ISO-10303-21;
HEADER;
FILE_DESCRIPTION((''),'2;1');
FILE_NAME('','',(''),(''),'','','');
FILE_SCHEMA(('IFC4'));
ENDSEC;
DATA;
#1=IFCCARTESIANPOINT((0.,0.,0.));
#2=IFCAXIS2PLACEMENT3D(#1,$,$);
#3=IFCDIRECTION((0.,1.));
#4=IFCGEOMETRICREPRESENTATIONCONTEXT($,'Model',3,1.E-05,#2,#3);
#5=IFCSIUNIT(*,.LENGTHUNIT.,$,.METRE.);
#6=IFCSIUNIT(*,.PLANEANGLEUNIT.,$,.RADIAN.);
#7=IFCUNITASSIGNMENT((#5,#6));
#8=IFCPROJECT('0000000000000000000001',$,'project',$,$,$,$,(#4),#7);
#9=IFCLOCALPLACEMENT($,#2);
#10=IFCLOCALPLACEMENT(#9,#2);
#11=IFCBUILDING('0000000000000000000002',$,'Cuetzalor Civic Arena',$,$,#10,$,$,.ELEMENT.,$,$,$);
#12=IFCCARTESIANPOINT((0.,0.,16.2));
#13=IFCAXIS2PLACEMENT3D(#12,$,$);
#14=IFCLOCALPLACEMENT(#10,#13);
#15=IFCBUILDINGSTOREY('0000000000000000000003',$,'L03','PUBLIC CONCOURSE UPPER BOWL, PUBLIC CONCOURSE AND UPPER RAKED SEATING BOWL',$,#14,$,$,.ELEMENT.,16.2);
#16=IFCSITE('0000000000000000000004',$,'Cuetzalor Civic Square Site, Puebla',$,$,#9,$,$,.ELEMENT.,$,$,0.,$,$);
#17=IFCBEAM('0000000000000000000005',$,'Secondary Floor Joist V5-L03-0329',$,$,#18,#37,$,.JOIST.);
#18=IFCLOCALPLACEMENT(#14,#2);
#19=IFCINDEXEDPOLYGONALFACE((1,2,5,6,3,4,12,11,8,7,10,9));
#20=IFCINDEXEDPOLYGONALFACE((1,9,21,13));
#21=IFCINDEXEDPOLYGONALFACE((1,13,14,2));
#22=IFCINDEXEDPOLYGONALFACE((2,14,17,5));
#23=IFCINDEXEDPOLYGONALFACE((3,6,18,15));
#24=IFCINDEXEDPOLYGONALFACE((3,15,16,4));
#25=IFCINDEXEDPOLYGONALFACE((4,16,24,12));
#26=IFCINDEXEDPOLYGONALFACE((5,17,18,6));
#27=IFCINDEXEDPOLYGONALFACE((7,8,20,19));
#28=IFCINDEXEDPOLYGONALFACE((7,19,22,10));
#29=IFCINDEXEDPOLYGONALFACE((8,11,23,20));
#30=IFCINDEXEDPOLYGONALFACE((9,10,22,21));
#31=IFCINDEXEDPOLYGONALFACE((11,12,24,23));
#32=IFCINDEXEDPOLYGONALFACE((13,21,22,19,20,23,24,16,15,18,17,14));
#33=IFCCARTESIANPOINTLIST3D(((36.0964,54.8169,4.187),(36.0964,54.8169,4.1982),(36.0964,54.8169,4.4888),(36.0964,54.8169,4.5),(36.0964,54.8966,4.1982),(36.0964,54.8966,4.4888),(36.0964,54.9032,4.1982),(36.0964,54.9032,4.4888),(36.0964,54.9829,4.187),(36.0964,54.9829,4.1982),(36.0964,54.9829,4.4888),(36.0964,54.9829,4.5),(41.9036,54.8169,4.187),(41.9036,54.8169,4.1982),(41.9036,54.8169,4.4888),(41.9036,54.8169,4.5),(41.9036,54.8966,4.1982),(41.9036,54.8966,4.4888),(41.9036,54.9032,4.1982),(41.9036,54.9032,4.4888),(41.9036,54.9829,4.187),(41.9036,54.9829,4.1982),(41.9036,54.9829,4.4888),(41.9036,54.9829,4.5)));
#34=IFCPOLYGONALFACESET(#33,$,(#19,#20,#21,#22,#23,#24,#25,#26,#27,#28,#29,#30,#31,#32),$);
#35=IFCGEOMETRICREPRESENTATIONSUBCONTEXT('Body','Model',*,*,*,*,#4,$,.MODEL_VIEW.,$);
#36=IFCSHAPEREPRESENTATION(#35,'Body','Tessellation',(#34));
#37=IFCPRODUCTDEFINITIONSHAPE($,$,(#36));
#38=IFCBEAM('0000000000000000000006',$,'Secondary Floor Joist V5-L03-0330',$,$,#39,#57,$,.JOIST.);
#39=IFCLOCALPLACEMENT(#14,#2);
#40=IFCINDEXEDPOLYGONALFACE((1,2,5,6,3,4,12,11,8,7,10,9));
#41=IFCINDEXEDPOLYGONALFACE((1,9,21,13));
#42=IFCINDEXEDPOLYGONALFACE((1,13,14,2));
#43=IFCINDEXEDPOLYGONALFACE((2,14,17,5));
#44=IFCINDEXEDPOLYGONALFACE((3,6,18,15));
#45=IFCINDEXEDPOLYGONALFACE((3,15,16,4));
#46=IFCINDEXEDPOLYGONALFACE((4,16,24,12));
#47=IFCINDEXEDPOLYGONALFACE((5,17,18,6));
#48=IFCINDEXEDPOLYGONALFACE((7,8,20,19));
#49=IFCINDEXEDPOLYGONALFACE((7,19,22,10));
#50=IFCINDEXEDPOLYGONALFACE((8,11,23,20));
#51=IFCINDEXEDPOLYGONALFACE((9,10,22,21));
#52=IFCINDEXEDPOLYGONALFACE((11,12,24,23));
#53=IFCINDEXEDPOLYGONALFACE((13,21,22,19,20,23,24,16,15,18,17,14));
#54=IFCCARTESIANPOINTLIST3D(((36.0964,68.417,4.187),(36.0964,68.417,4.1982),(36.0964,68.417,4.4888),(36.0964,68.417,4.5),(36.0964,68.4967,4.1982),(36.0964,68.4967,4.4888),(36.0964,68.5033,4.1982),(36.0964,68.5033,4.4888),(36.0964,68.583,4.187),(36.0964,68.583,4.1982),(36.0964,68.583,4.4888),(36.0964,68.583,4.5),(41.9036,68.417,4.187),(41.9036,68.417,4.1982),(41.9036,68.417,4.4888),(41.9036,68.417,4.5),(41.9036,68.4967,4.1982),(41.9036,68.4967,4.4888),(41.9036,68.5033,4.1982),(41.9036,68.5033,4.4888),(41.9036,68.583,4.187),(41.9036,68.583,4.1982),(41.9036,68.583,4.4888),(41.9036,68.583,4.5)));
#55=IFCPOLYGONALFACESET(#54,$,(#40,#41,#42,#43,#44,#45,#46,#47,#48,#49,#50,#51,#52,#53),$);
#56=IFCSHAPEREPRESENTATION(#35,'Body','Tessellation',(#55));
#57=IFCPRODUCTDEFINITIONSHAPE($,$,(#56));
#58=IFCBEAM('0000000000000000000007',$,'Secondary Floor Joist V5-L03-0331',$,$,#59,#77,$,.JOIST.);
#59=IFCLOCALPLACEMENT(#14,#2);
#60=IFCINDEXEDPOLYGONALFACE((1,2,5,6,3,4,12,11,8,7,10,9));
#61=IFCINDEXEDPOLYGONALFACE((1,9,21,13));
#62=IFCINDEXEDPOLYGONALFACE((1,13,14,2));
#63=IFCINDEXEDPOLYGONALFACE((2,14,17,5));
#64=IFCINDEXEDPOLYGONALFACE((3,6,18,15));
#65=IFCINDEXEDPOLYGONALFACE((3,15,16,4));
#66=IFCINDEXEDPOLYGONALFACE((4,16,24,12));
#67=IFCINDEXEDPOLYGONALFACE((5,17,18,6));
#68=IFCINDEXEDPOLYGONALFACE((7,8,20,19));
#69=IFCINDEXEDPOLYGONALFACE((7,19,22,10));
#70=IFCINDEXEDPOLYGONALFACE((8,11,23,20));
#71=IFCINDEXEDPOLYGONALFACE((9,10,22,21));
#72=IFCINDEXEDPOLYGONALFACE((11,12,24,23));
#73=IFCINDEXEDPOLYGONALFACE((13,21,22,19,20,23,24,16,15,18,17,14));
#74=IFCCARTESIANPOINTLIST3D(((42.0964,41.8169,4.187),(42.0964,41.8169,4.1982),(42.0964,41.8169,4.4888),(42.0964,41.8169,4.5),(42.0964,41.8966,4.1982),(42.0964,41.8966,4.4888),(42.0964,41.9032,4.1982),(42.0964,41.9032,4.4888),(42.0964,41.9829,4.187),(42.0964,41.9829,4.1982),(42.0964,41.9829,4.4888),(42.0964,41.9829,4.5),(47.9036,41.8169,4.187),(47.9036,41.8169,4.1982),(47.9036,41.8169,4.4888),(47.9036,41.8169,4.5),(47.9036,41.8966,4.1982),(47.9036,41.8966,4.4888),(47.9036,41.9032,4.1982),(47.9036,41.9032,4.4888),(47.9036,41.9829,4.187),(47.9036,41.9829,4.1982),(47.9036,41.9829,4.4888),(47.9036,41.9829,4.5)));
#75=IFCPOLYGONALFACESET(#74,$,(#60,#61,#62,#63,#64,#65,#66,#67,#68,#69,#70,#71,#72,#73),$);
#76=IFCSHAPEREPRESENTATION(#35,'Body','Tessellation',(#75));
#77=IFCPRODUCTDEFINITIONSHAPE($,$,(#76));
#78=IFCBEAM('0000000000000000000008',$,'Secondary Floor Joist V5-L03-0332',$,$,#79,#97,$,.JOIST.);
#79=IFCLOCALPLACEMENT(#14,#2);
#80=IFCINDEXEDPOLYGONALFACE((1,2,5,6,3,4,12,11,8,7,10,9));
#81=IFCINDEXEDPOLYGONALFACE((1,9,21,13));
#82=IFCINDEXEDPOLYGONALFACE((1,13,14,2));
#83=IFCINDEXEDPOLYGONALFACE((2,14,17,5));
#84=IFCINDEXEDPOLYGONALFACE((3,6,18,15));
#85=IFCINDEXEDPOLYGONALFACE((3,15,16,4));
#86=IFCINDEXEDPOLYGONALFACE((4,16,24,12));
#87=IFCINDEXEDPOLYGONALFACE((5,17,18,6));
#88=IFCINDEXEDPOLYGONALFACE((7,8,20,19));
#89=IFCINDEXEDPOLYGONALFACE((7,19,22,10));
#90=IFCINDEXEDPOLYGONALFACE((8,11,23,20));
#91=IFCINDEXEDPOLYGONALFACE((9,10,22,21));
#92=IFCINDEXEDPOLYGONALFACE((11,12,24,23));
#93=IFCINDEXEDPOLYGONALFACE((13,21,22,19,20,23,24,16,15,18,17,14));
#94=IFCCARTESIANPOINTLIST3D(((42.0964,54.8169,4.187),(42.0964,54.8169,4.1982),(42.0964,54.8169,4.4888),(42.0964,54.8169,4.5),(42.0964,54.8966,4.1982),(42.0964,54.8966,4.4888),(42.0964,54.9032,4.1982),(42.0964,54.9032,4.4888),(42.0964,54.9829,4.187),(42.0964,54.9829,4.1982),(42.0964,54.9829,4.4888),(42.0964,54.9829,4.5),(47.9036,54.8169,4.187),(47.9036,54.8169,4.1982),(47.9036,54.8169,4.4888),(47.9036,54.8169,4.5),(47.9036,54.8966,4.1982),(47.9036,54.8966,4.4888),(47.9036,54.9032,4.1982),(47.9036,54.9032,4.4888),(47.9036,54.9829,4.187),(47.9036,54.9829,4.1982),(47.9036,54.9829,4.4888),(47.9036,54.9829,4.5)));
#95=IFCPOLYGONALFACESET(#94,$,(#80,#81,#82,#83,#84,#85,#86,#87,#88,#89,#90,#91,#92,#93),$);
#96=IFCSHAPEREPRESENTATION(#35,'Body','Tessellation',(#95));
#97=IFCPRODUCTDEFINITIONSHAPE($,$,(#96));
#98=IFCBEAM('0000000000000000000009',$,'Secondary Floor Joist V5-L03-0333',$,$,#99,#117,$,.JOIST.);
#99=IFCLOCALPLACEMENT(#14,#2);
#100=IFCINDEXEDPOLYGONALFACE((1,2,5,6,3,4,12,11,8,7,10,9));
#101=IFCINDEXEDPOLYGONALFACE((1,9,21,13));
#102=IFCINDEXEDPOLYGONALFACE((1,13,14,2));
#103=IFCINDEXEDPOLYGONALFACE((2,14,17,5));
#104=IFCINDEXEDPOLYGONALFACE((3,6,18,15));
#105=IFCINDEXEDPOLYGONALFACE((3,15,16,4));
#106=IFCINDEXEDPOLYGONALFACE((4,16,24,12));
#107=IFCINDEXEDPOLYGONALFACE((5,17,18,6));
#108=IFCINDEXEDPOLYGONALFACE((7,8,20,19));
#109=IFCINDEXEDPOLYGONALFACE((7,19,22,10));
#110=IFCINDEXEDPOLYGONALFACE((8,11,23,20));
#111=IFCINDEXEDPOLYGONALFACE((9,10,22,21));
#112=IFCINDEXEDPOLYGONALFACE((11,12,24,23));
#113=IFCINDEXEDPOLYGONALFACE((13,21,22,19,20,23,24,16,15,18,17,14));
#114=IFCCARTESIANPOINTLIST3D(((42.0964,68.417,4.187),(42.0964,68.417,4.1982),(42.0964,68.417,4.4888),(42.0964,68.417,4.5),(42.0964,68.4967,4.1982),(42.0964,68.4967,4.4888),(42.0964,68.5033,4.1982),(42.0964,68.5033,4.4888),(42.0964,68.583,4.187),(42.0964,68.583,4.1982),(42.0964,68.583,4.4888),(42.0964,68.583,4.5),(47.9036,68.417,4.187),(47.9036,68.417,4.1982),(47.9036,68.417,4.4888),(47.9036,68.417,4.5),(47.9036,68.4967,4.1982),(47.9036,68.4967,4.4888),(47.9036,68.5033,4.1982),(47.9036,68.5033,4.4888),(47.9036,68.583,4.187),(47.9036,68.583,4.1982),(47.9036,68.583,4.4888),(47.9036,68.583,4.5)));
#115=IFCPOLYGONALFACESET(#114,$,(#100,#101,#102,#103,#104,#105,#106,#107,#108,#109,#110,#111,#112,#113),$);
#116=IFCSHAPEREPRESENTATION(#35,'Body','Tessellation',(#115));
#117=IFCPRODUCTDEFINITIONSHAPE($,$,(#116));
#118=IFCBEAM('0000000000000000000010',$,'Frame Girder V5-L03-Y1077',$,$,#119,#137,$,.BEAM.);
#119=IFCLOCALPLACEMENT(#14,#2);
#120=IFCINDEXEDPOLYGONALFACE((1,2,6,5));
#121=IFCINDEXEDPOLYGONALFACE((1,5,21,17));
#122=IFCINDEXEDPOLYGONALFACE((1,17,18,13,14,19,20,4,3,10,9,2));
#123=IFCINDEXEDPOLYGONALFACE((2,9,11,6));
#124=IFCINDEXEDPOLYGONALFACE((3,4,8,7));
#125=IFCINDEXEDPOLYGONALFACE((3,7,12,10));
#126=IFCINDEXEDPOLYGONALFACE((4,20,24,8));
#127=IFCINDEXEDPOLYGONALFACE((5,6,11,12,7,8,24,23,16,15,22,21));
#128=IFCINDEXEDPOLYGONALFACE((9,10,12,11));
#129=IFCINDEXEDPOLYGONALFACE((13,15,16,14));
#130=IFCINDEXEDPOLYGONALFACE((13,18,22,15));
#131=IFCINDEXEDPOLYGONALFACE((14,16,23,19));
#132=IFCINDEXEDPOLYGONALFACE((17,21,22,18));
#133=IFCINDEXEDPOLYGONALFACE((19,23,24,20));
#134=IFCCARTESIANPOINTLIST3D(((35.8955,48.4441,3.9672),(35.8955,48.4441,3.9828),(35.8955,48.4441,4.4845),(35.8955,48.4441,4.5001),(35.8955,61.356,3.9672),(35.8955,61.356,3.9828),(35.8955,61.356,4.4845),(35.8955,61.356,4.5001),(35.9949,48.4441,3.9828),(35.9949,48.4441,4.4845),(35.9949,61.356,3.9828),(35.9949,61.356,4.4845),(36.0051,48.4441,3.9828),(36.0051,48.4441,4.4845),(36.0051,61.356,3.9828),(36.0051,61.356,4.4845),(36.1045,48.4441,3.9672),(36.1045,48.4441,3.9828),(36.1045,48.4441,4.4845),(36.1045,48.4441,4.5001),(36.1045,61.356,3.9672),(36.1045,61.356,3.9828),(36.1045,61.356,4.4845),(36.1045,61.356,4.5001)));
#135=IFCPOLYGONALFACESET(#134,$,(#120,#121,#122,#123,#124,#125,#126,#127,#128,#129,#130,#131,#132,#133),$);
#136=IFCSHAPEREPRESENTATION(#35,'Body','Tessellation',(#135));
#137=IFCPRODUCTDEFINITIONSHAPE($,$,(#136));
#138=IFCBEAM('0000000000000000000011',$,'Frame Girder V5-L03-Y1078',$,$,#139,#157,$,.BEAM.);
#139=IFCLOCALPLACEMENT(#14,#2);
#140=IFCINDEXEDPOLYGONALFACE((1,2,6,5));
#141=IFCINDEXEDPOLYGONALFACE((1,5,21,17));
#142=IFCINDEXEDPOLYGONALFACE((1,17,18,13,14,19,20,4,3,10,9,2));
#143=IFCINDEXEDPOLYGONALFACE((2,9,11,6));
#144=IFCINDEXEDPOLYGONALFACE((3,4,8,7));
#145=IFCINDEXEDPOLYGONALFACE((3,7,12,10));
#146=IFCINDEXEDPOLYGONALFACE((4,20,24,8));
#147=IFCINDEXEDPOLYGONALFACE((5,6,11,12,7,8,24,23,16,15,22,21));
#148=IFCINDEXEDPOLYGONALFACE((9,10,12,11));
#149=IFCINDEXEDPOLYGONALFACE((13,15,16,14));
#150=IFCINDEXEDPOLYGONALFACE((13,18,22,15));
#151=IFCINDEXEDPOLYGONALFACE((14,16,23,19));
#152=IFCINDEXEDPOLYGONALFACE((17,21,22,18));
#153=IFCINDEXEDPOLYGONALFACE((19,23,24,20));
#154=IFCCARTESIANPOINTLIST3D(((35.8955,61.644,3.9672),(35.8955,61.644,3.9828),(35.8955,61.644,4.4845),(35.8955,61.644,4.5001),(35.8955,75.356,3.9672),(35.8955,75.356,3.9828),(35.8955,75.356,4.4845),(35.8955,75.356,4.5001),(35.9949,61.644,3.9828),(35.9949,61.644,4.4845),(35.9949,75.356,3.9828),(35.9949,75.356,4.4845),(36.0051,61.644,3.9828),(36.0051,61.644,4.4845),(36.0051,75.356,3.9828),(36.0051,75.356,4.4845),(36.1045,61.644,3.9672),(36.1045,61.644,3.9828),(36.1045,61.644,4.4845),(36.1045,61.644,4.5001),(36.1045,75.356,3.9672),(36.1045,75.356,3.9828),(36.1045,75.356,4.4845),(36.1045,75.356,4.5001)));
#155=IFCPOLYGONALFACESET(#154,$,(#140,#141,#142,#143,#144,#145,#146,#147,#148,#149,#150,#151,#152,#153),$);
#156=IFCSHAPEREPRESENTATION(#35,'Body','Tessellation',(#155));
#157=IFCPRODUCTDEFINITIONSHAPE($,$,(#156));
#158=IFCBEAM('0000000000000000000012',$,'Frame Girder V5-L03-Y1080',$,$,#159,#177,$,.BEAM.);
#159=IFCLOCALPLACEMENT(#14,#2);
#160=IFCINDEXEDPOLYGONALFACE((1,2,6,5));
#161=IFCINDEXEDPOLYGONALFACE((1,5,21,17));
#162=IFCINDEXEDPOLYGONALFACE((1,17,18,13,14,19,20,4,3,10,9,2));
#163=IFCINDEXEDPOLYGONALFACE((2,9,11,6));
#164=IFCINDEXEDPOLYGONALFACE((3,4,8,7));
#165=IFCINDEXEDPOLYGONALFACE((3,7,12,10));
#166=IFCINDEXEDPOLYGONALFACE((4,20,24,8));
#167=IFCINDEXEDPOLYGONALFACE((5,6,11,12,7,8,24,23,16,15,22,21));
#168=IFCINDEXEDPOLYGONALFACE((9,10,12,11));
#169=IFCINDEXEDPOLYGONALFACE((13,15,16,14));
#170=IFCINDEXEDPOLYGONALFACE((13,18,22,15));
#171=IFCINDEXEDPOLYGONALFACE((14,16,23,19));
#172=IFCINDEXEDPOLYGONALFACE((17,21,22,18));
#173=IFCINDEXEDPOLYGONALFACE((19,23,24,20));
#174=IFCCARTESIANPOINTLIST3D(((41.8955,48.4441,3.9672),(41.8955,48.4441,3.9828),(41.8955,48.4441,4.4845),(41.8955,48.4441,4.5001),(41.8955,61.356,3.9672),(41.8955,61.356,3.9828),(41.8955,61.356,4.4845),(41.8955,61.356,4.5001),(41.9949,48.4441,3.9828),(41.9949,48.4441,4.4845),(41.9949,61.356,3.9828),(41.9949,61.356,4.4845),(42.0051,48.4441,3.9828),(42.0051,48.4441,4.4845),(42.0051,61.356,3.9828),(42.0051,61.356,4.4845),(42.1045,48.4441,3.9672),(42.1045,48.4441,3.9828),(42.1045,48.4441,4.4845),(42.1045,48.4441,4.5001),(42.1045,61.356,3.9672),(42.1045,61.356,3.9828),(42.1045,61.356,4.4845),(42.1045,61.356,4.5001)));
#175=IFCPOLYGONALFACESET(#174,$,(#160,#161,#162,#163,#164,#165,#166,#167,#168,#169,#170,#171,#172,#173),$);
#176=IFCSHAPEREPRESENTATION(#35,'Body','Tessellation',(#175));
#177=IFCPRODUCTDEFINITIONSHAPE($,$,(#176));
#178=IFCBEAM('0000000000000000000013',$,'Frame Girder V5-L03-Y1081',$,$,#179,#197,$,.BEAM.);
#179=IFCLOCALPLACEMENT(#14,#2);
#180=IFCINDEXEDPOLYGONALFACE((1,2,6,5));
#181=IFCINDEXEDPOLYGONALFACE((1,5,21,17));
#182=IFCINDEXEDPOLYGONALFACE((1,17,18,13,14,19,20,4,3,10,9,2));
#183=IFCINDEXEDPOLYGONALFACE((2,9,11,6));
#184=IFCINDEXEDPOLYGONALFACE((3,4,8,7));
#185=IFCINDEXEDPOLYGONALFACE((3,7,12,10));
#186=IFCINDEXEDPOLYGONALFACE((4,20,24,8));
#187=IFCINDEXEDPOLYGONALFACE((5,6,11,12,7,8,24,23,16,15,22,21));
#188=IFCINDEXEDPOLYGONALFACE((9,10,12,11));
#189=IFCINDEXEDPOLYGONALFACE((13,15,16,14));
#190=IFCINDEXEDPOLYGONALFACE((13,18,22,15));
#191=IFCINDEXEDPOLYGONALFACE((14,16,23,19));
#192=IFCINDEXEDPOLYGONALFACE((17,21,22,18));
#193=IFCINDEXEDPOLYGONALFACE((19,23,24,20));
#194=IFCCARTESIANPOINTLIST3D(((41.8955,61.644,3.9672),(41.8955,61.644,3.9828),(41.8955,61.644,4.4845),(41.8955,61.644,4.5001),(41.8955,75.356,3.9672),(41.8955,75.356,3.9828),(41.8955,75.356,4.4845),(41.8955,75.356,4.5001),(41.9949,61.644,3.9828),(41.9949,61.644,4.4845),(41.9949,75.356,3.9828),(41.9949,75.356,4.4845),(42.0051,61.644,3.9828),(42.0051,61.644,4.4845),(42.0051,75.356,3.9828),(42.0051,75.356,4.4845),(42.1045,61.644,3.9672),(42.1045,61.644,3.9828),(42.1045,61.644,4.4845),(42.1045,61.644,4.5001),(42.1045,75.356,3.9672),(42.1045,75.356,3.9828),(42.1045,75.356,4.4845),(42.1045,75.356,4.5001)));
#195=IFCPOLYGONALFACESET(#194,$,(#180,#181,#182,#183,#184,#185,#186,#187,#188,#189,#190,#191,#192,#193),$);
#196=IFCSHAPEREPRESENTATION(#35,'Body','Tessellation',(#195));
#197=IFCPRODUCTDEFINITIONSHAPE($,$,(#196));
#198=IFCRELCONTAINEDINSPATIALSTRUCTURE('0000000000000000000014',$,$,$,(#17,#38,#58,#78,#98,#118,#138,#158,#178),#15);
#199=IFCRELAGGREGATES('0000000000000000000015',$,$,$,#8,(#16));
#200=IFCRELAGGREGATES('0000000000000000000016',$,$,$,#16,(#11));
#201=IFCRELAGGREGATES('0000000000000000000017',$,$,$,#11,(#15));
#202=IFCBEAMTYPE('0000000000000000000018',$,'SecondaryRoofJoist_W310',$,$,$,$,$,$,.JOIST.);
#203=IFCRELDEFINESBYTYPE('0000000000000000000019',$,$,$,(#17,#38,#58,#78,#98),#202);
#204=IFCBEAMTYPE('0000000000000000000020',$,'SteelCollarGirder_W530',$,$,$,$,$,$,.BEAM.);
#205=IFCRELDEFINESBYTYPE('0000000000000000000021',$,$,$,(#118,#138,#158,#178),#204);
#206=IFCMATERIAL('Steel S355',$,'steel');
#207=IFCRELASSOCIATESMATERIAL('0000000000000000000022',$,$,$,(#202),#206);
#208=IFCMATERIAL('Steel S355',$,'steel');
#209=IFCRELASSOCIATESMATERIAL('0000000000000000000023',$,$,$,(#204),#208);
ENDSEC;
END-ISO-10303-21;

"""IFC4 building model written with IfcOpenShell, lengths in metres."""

from ifc_helpers import new_model, si_unit, direction, frame, origin, origin_2d, place, context, subcontext, project, spatial, i_section, extrude, material, material_profile, profile_set, type_object, element, save


model = new_model("IFC4")

# Units and contexts
model_context = context("Model", 3, precision=1e-05, world=origin(), true_north=direction((0.0, 1.0)))
body_context = subcontext(model_context, "Body", "Model", "MODEL_VIEW")
ifc_project = project(units=[si_unit("LENGTHUNIT", "METRE"), si_unit("PLANEANGLEUNIT", "RADIAN")], contexts=[model_context])

# Site, building, storey
site_placement = place(None, origin())
site = spatial("IfcSite", under=ifc_project, at=site_placement, Name="Cuetzalor Civic Square Site, Puebla", CompositionType="ELEMENT", RefElevation=0.0)
building_placement = place(site_placement, origin())
building = spatial("IfcBuilding", under=site, at=building_placement, Name="Cuetzalor Civic Arena", CompositionType="ELEMENT")
storey_placement = place(building_placement, frame((0.0, 0.0, 16.2)))
storey = spatial("IfcBuildingStorey", under=building, at=storey_placement, Name="L03", Description="PUBLIC CONCOURSE UPPER BOWL, PUBLIC CONCOURSE AND UPPER RAKED SEATING BOWL", CompositionType="ELEMENT", Elevation=16.2)

# Beams
ifc_material_1 = material(Name="Steel S355", Category="steel")
ifc_material_profile_1 = material_profile(ifc_material_1, i_section(OverallWidth=0.166, OverallDepth=0.313, WebThickness=0.0066, FlangeThickness=0.0112, at=origin_2d()), Name="W310x45")
ifc_profile_set_1 = profile_set([ifc_material_profile_1], Name="Steel S355")
beam_type_1 = type_object("IfcBeamType", Name="SecondaryRoofJoist_W310", PredefinedType="JOIST", material=ifc_profile_set_1)
for number, where, z_axis, x_axis, name in (
    (1, (36.0964, 54.8999, 4.3435), (1.0, 0.0, 0.0), (0.0, 1.0, 0.0), "Secondary Floor Joist V5-L03-0329"),
    (2, (36.0964, 68.5, 4.3435), (1.0, 0.0, 0.0), (0.0, 1.0, 0.0), "Secondary Floor Joist V5-L03-0330"),
    (3, (42.0964, 41.8999, 4.3435), (1.0, 0.0, 0.0), (0.0, 1.0, 0.0), "Secondary Floor Joist V5-L03-0331"),
    (4, (42.0964, 54.8999, 4.3435), (1.0, 0.0, 0.0), (0.0, 1.0, 0.0), "Secondary Floor Joist V5-L03-0332"),
    (5, (42.0964, 68.5, 4.3435), (1.0, 0.0, 0.0), (0.0, 1.0, 0.0), "Secondary Floor Joist V5-L03-0333"),
):
    element("IfcBeam", number, at=place(storey_placement, frame(where, z_axis=z_axis, x_axis=x_axis)), inside=storey, type_object=beam_type_1, Name=name, PredefinedType="JOIST", context=body_context, shape_type="SweptSolid", body=[
        extrude(i_section(OverallWidth=0.166, OverallDepth=0.313, WebThickness=0.0066, FlangeThickness=0.0112, at=origin_2d()), origin(), (0.0, 0.0, 1.0), 5.8071),
    ])
ifc_material_2 = material(Name="Steel S355", Category="steel")
ifc_material_profile_2 = material_profile(ifc_material_2, i_section(OverallWidth=0.209, OverallDepth=0.533, WebThickness=0.0103, FlangeThickness=0.0156, at=origin_2d()), Name="W530x92")
ifc_profile_set_2 = profile_set([ifc_material_profile_2], Name="Steel S355")
beam_type_2 = type_object("IfcBeamType", Name="SteelCollarGirder_W530", PredefinedType="BEAM", material=ifc_profile_set_2)
beam_1_placement = place(storey_placement, frame((36.0, 48.4441, 4.2336), z_axis=(0.0, 1.0, 0.0), x_axis=(-1.0, 0.0, 0.0)))
element("IfcBeam", 6, at=beam_1_placement, inside=storey, type_object=beam_type_2, Name="Frame Girder V5-L03-Y1077", PredefinedType="BEAM", context=body_context, shape_type="SweptSolid", body=[
    extrude(i_section(OverallWidth=0.209, OverallDepth=0.533, WebThickness=0.0103, FlangeThickness=0.0156, at=origin_2d()), origin(), (0.0, 0.0, 1.0), 12.9119),
])
beam_2_placement = place(storey_placement, frame((36.0, 61.644, 4.2336), z_axis=(0.0, 1.0, 0.0), x_axis=(-1.0, 0.0, 0.0)))
element("IfcBeam", 7, at=beam_2_placement, inside=storey, type_object=beam_type_2, Name="Frame Girder V5-L03-Y1078", PredefinedType="BEAM", context=body_context, shape_type="SweptSolid", body=[
    extrude(i_section(OverallWidth=0.209, OverallDepth=0.533, WebThickness=0.0103, FlangeThickness=0.0156, at=origin_2d()), origin(), (0.0, 0.0, 1.0), 13.7119),
])
beam_3_placement = place(storey_placement, frame((42.0, 48.4441, 4.2336), z_axis=(0.0, 1.0, 0.0), x_axis=(-1.0, 0.0, 0.0)))
element("IfcBeam", 8, at=beam_3_placement, inside=storey, type_object=beam_type_2, Name="Frame Girder V5-L03-Y1080", PredefinedType="BEAM", context=body_context, shape_type="SweptSolid", body=[
    extrude(i_section(OverallWidth=0.209, OverallDepth=0.533, WebThickness=0.0103, FlangeThickness=0.0156, at=origin_2d()), origin(), (0.0, 0.0, 1.0), 12.9119),
])
beam_4_placement = place(storey_placement, frame((42.0, 61.644, 4.2336), z_axis=(0.0, 1.0, 0.0), x_axis=(-1.0, 0.0, 0.0)))
element("IfcBeam", 9, at=beam_4_placement, inside=storey, type_object=beam_type_2, Name="Frame Girder V5-L03-Y1081", PredefinedType="BEAM", context=body_context, shape_type="SweptSolid", body=[
    extrude(i_section(OverallWidth=0.209, OverallDepth=0.533, WebThickness=0.0103, FlangeThickness=0.0156, at=origin_2d()), origin(), (0.0, 0.0, 1.0), 13.7119),
])

save(model, "model.ifc")
